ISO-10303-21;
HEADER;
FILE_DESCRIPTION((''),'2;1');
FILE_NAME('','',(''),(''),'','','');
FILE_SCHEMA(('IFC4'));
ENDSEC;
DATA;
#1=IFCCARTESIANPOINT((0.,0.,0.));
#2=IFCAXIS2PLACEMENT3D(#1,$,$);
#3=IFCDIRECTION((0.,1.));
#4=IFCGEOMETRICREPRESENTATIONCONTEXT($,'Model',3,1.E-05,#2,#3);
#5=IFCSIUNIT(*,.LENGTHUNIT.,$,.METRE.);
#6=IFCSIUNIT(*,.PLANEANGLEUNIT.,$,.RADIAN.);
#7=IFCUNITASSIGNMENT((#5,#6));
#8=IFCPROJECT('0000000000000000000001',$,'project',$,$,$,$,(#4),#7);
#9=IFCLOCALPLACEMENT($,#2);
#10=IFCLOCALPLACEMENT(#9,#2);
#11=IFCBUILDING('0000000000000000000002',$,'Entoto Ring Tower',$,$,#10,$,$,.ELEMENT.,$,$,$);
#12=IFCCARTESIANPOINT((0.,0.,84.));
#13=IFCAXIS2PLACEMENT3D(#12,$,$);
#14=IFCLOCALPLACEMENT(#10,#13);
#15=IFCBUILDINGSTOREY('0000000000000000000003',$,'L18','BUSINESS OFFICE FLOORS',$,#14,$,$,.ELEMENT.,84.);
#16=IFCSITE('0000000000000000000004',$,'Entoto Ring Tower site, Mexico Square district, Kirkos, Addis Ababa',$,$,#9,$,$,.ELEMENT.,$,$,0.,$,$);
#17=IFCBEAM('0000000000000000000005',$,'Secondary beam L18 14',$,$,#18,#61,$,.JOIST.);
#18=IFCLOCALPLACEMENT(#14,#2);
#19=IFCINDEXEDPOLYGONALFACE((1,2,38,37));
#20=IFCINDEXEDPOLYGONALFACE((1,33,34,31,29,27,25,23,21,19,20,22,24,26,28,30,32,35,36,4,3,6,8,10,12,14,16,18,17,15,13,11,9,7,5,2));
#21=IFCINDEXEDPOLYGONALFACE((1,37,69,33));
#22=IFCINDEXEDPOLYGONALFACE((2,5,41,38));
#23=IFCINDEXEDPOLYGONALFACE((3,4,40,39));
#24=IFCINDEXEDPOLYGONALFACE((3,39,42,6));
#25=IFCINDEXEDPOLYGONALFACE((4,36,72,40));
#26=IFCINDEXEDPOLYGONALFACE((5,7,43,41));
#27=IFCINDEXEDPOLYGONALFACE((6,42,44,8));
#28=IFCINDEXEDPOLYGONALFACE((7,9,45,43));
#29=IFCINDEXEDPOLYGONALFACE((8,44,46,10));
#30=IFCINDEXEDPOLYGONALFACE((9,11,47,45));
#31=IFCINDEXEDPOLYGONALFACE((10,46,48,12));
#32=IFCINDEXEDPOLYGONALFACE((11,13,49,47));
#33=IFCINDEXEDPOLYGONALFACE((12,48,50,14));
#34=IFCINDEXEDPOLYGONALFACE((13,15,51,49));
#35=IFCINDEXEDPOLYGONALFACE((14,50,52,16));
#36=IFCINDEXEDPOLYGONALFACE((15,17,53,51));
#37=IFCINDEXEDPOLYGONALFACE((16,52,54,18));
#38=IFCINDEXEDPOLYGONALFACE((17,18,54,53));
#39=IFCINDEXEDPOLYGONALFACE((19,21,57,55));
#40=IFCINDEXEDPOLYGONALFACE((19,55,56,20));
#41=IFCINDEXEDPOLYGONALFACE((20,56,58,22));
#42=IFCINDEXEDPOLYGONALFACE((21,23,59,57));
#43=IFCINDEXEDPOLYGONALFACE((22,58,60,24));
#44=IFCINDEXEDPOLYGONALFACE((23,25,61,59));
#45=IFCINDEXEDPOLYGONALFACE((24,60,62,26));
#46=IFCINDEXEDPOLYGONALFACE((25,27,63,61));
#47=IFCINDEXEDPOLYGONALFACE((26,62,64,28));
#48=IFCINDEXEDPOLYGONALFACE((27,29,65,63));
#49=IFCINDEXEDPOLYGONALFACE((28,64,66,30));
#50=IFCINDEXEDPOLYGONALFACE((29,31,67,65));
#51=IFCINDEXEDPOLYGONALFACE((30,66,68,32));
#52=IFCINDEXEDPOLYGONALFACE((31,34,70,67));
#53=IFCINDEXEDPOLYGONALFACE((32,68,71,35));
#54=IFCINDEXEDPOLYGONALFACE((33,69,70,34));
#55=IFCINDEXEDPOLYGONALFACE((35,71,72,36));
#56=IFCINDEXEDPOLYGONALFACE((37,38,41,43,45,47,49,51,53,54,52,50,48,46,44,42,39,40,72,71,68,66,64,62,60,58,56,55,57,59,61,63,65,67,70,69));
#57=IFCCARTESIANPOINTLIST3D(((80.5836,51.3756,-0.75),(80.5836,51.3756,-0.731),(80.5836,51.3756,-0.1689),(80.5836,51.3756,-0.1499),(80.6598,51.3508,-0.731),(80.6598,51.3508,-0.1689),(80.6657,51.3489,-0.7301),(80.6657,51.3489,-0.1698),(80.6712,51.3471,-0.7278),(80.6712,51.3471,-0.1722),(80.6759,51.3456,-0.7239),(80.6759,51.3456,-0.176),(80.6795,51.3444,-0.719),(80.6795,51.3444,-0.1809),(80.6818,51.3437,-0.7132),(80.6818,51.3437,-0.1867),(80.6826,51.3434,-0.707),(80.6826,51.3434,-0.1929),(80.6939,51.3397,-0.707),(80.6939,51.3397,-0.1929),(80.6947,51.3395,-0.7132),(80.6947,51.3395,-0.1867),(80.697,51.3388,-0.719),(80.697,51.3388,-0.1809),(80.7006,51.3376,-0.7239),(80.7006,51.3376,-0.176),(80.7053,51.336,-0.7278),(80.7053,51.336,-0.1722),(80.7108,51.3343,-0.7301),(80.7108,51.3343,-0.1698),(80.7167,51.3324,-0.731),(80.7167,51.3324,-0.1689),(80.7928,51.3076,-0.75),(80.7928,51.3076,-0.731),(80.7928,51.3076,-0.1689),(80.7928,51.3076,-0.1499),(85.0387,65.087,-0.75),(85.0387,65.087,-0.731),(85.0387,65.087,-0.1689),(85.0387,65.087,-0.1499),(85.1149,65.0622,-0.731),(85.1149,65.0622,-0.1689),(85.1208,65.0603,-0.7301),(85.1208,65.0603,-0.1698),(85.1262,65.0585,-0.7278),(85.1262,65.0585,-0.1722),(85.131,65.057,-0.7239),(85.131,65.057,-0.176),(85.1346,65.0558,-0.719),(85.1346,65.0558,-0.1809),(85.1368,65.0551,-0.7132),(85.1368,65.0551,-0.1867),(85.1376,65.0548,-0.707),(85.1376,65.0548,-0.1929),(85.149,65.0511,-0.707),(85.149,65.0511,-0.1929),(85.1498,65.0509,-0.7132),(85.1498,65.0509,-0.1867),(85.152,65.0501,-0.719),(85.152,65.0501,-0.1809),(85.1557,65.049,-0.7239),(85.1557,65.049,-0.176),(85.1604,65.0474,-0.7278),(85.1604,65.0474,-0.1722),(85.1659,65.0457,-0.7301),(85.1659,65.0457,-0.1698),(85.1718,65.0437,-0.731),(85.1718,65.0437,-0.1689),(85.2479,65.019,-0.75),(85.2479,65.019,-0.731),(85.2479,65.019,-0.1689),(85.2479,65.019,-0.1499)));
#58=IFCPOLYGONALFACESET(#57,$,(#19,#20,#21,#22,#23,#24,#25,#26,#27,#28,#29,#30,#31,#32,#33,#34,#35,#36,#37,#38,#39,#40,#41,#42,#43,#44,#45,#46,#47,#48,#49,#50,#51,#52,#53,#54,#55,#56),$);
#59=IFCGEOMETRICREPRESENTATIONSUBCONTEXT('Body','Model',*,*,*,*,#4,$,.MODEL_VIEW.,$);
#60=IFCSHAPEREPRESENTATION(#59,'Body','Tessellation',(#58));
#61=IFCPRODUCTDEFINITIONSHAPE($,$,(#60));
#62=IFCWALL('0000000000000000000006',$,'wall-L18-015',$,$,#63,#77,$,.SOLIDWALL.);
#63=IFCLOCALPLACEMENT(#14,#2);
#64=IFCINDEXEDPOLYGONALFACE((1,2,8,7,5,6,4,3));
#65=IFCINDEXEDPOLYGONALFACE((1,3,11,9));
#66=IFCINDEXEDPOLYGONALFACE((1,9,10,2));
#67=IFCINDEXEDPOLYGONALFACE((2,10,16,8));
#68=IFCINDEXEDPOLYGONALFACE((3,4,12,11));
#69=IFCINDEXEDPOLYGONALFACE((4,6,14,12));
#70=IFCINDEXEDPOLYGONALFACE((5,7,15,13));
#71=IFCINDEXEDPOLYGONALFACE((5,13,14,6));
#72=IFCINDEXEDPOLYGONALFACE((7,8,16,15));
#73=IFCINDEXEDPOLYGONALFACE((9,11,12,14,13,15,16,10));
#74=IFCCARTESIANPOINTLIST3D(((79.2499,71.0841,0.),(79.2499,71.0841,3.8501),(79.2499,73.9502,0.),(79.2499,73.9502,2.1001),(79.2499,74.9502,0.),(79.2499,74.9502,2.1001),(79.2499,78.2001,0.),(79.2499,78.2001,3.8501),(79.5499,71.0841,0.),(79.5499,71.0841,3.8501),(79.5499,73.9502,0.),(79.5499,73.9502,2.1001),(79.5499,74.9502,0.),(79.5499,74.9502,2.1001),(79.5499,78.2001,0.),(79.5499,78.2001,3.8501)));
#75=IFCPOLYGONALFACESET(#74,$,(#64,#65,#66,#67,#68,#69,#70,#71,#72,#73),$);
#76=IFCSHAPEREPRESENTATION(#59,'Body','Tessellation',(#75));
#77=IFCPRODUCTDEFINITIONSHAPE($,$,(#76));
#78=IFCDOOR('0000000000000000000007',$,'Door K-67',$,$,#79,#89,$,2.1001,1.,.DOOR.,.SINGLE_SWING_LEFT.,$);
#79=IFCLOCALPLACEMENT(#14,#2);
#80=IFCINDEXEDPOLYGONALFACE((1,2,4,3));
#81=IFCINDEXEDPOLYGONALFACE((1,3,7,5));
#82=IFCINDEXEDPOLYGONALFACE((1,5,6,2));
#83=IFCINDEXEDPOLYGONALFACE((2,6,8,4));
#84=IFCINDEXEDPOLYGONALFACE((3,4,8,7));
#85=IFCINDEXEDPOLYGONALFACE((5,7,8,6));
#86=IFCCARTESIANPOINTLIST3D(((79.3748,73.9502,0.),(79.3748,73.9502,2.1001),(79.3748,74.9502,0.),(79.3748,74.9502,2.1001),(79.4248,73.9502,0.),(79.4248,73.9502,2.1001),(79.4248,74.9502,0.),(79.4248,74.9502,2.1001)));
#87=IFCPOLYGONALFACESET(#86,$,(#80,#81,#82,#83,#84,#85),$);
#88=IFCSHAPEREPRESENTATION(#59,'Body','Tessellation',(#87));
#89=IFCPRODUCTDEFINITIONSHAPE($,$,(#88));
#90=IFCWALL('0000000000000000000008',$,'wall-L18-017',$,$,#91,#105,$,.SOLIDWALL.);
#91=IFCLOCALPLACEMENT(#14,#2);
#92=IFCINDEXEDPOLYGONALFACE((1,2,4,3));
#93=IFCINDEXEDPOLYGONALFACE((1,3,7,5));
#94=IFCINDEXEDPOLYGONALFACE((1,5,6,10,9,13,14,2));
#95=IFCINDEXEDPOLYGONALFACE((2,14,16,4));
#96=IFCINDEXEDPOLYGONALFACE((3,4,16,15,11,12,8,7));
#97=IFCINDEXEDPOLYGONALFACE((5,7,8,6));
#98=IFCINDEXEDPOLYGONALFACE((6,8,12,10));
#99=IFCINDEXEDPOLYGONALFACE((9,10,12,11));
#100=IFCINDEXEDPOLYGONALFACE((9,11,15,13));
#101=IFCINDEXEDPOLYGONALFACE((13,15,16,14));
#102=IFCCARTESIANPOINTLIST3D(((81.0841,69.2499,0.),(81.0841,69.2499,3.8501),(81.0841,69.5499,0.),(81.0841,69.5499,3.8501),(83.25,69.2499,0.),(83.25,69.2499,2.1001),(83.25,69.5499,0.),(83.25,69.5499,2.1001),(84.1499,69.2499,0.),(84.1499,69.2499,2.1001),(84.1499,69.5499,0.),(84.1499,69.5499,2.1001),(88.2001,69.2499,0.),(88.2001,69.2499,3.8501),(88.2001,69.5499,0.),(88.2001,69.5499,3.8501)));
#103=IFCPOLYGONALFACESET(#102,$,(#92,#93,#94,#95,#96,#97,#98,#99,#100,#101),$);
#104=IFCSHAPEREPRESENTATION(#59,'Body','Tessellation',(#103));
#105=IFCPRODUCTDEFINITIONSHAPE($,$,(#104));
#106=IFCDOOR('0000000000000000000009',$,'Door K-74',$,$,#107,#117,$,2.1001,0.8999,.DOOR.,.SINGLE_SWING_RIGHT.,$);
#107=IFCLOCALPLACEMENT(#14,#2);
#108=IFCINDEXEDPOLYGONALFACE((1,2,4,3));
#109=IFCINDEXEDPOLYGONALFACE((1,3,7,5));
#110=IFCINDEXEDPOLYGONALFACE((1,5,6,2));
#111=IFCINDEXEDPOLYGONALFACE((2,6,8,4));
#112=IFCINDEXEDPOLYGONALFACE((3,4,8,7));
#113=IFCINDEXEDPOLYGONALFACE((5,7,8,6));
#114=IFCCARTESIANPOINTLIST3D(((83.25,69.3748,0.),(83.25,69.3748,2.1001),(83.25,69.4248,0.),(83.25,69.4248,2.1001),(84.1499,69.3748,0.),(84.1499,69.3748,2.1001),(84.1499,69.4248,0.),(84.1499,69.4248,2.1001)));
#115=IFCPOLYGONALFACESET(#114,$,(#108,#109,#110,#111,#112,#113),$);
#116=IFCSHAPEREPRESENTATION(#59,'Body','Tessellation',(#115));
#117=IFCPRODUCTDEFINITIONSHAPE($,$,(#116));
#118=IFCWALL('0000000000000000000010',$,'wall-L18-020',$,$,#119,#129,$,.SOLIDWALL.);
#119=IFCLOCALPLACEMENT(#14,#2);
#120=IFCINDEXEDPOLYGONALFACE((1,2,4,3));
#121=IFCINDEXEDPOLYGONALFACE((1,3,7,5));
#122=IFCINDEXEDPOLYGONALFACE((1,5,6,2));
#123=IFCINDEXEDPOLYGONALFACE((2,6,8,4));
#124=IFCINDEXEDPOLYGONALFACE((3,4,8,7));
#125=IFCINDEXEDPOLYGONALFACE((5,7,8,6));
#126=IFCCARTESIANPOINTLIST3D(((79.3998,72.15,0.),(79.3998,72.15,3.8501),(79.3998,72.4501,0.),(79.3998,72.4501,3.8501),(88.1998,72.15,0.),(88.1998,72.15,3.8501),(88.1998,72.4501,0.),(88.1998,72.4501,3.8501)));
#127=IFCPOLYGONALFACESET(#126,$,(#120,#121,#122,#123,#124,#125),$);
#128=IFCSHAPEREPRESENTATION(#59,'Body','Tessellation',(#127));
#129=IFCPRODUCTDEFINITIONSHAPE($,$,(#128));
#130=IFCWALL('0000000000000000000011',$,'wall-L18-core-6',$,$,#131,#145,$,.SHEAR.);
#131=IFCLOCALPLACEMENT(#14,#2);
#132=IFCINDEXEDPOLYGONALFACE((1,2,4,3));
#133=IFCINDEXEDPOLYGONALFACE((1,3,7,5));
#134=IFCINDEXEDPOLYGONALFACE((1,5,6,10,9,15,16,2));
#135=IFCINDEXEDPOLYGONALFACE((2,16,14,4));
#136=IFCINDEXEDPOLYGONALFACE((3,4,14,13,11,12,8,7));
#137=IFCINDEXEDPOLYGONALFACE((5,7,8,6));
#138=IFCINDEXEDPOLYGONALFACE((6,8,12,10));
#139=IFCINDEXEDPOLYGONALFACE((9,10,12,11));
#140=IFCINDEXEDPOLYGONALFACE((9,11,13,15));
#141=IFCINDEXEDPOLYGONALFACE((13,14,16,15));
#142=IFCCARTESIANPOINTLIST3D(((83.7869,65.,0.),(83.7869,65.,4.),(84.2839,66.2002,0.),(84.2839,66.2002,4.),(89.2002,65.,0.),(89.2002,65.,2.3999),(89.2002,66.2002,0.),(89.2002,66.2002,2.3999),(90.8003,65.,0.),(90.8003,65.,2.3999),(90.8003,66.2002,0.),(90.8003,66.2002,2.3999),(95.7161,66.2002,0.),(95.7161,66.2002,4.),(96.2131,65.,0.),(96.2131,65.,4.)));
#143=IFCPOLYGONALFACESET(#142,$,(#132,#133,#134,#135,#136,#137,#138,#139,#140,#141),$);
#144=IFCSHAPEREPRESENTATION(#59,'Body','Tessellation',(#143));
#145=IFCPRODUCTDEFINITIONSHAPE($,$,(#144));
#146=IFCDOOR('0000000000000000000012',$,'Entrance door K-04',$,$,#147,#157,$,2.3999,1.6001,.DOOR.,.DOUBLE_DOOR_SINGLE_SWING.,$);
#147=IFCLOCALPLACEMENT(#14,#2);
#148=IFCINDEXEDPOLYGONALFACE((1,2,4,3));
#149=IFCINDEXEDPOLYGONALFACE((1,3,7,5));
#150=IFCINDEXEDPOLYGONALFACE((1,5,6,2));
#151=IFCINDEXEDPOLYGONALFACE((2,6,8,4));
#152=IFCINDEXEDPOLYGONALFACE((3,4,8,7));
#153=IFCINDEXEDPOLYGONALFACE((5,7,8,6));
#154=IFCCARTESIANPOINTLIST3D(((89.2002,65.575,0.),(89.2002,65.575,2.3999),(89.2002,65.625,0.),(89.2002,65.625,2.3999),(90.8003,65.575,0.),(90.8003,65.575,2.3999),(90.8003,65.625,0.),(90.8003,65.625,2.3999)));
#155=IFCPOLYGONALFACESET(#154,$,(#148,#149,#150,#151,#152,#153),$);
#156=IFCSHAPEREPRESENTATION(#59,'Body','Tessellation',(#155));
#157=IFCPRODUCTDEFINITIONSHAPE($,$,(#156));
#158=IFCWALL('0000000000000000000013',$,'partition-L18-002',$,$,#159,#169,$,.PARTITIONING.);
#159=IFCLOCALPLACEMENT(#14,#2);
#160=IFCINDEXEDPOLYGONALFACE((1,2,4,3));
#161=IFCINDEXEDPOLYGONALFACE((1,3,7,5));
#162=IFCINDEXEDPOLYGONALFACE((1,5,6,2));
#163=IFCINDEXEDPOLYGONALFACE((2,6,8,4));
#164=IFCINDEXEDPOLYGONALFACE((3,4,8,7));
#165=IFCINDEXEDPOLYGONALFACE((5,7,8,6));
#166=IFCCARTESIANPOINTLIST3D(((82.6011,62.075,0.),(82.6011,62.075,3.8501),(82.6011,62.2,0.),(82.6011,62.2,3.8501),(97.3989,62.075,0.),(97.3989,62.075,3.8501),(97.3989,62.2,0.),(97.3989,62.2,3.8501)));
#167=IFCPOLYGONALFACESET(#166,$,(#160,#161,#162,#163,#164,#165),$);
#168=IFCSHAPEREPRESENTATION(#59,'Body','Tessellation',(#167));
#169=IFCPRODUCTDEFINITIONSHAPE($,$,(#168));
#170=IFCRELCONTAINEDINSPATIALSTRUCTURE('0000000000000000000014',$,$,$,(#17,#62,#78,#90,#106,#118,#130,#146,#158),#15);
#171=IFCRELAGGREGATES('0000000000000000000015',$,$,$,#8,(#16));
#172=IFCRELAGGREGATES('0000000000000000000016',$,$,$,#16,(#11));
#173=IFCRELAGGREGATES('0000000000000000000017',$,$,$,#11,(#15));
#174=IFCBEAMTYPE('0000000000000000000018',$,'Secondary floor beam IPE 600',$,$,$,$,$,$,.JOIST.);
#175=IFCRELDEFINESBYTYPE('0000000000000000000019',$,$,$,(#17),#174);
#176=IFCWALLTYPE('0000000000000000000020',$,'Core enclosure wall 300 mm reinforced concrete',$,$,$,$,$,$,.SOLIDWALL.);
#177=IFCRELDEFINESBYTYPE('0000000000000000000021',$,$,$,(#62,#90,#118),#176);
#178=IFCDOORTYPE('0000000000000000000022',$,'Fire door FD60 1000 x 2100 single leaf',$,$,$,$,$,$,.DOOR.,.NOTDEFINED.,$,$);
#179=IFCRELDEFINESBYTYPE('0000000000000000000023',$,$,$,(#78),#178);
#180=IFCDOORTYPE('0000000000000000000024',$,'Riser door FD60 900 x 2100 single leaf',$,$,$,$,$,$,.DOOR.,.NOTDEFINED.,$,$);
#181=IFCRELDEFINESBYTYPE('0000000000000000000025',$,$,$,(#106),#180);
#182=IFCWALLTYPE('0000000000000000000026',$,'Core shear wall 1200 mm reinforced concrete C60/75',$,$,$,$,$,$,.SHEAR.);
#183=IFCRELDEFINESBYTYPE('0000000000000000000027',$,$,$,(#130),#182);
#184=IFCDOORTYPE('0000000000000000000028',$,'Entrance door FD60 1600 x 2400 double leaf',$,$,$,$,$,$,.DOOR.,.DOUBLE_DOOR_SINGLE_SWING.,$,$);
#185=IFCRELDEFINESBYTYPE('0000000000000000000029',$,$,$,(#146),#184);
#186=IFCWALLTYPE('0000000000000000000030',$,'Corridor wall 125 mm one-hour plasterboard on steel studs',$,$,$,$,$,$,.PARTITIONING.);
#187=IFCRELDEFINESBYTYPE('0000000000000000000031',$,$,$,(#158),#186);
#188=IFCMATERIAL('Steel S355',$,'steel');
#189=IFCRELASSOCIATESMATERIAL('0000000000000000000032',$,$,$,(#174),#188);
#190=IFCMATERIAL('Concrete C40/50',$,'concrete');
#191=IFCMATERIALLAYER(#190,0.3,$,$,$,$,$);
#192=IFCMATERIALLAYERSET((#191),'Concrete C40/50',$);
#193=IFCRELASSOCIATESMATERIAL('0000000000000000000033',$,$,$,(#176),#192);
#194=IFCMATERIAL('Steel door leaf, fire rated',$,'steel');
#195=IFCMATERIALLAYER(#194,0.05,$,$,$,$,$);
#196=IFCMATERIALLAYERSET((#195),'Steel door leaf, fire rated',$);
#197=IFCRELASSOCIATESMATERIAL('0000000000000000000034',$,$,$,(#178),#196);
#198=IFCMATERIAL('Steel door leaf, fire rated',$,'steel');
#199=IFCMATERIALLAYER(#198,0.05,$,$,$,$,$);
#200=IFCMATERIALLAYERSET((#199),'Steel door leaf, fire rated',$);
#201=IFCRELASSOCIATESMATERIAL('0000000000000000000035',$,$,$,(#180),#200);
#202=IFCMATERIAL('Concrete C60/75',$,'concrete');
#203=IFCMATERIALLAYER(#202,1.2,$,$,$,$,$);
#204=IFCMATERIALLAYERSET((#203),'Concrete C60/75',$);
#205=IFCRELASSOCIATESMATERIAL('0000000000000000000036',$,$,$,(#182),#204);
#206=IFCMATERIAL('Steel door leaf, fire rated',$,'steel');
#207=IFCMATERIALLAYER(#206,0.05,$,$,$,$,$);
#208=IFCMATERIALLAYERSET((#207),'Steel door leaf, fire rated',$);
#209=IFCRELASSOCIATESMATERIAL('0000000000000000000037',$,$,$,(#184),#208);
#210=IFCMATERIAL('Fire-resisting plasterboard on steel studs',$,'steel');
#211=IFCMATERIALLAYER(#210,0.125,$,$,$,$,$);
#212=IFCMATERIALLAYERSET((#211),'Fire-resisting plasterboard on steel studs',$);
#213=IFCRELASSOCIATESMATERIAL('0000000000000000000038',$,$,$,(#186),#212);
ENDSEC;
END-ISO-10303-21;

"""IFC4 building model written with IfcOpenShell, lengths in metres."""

from ifc_helpers import new_model, si_unit, direction, frame, frame_2d, origin, origin_2d, place, context, subcontext, project, spatial, polyline, rectangle, i_section, outline, extrude, material, layer, layer_set, material_profile, profile_set, type_object, element, fill, save


model = new_model("IFC4")

# Units and contexts
model_context = context("Model", 3, precision=1e-05, world=origin(), true_north=direction((0.0, 1.0)))
body_context = subcontext(model_context, "Body", "Model", "MODEL_VIEW")
ifc_project = project(units=[si_unit("LENGTHUNIT", "METRE"), si_unit("PLANEANGLEUNIT", "RADIAN")], contexts=[model_context])

# Site, building, storey
site_placement = place(None, origin())
site = spatial("IfcSite", under=ifc_project, at=site_placement, Name="Entoto Ring Tower site, Mexico Square district, Kirkos, Addis Ababa", CompositionType="ELEMENT", RefElevation=0.0)
building_placement = place(site_placement, origin())
building = spatial("IfcBuilding", under=site, at=building_placement, Name="Entoto Ring Tower", CompositionType="ELEMENT")
storey_placement = place(building_placement, frame((0.0, 0.0, 84.0)))
storey = spatial("IfcBuildingStorey", under=building, at=storey_placement, Name="L18", Description="BUSINESS OFFICE FLOORS", CompositionType="ELEMENT", Elevation=84.0)

# Beam
ifc_material_1 = material(Name="Steel S355", Category="steel")
ifc_material_profile_1 = material_profile(ifc_material_1, i_section(OverallWidth=0.22, OverallDepth=0.6001, WebThickness=0.012, FlangeThickness=0.019, FilletRadius=0.0239, at=origin_2d()), Name="IPE 600")
ifc_profile_set_1 = profile_set([ifc_material_profile_1], Name="Steel S355")
beam_type_1 = type_object("IfcBeamType", Name="Secondary floor beam IPE 600", PredefinedType="JOIST", material=ifc_profile_set_1)
beam_1_placement = place(storey_placement, frame((85.1433, 65.053, -0.45), z_axis=(-0.309015, -0.951057, 0.0), x_axis=(0.951057, -0.309015, 0.0)))
element("IfcBeam", 1, at=beam_1_placement, inside=storey, type_object=beam_type_1, Name="Secondary beam L18 14", PredefinedType="JOIST", context=body_context, shape_type="SweptSolid", body=[
    extrude(i_section(OverallWidth=0.22, OverallDepth=0.6001, WebThickness=0.012, FlangeThickness=0.019, FilletRadius=0.0239, at=origin_2d()), origin(), (0.0, 0.0, 1.0), 14.417),
])

# Walls, openings, doors
ifc_material_2 = material(Name="Concrete C40/50", Category="concrete")
ifc_layer_1 = layer(ifc_material_2, 0.3)
ifc_layer_set_1 = layer_set([ifc_layer_1], Name="Concrete C40/50")
wall_type_1 = type_object("IfcWallType", Name="Core enclosure wall 300 mm reinforced concrete", PredefinedType="SOLIDWALL", material=ifc_layer_set_1)
wall_1_placement = place(storey_placement, frame((79.3999, 71.084, 0.0), z_axis=(0.0, 0.0, 1.0), x_axis=(0.0, 1.0, 0.0)))
wall_1 = element("IfcWall", 2, at=wall_1_placement, inside=storey, type_object=wall_type_1, Name="wall-L18-015", PredefinedType="SOLIDWALL", context=body_context, shape_type="SweptSolid", body=[
    extrude(rectangle(XDim=7.116, YDim=0.3, at=frame_2d((3.5581, 0.0))), origin(), (0.0, 0.0, 1.0), 3.8501),
])
opening_1_placement = place(wall_1_placement, frame((2.8662, 0.0, 0.0)))
opening_1 = element("IfcOpeningElement", 3, at=opening_1_placement, cuts=wall_1, PredefinedType="OPENING", context=body_context, shape_type="SweptSolid", body=[
    extrude(rectangle(XDim=1.0, YDim=2.1001, at=frame_2d((0.5, 1.05))), frame((0.0, 0.1602, 0.0), z_axis=(0.0, -1.0, 0.0), x_axis=(1.0, 0.0, 0.0)), (0.0, 0.0, 1.0), 0.3201),
])
ifc_material_3 = material(Name="Steel door leaf, fire rated", Category="steel")
ifc_layer_2 = layer(ifc_material_3, 0.05)
ifc_layer_set_2 = layer_set([ifc_layer_2], Name="Steel door leaf, fire rated")
door_type_1 = type_object("IfcDoorType", Name="Fire door FD60 1000 x 2100 single leaf", OperationType="NOTDEFINED", PredefinedType="DOOR", material=ifc_layer_set_2)
door_1_placement = place(opening_1_placement, frame((1.0, 0.0, 0.0), z_axis=(0.0, 0.0, 1.0), x_axis=(-1.0, 0.0, 0.0)))
door_1 = element("IfcDoor", 4, at=door_1_placement, inside=storey, type_object=door_type_1, Name="Door K-67", OperationType="SINGLE_SWING_LEFT", OverallHeight=2.1001, OverallWidth=1.0, PredefinedType="DOOR", context=body_context, shape_type="SweptSolid", body=[
    extrude(rectangle(XDim=1.0, YDim=2.1001, at=frame_2d((0.5, 1.05))), frame((0.0, 0.0249, 0.0), z_axis=(0.0, -1.0, 0.0), x_axis=(1.0, 0.0, 0.0)), (0.0, 0.0, 1.0), 0.05),
])
fill(opening_1, door_1)
wall_2_placement = place(storey_placement, frame((81.084, 69.3999, 0.0), z_axis=(0.0, 0.0, 1.0), x_axis=(1.0, 0.0, 0.0)))
wall_2 = element("IfcWall", 5, at=wall_2_placement, inside=storey, type_object=wall_type_1, Name="wall-L18-017", PredefinedType="SOLIDWALL", context=body_context, shape_type="SweptSolid", body=[
    extrude(rectangle(XDim=7.116, YDim=0.3, at=frame_2d((3.5581, 0.0))), origin(), (0.0, 0.0, 1.0), 3.8501),
])
opening_2_placement = place(wall_2_placement, frame((2.166, 0.0, 0.0)))
opening_2 = element("IfcOpeningElement", 6, at=opening_2_placement, cuts=wall_2, PredefinedType="OPENING", context=body_context, shape_type="SweptSolid", body=[
    extrude(rectangle(XDim=0.8999, YDim=2.1001, at=frame_2d((0.45, 1.05))), frame((0.0, 0.1602, 0.0), z_axis=(0.0, -1.0, 0.0), x_axis=(1.0, 0.0, 0.0)), (0.0, 0.0, 1.0), 0.3201),
])
ifc_material_4 = material(Name="Steel door leaf, fire rated", Category="steel")
ifc_layer_3 = layer(ifc_material_4, 0.05)
ifc_layer_set_3 = layer_set([ifc_layer_3], Name="Steel door leaf, fire rated")
door_type_2 = type_object("IfcDoorType", Name="Riser door FD60 900 x 2100 single leaf", OperationType="NOTDEFINED", PredefinedType="DOOR", material=ifc_layer_set_3)
door_2_placement = place(opening_2_placement, origin())
door_2 = element("IfcDoor", 7, at=door_2_placement, inside=storey, type_object=door_type_2, Name="Door K-74", OperationType="SINGLE_SWING_RIGHT", OverallHeight=2.1001, OverallWidth=0.8999, PredefinedType="DOOR", context=body_context, shape_type="SweptSolid", body=[
    extrude(rectangle(XDim=0.8999, YDim=2.1001, at=frame_2d((0.45, 1.05))), frame((0.0, 0.0249, 0.0), z_axis=(0.0, -1.0, 0.0), x_axis=(1.0, 0.0, 0.0)), (0.0, 0.0, 1.0), 0.05),
])
fill(opening_2, door_2)

# Wall
wall_3_placement = place(storey_placement, frame((79.3999, 72.3, 0.0), z_axis=(0.0, 0.0, 1.0), x_axis=(1.0, 0.0, 0.0)))
element("IfcWall", 8, at=wall_3_placement, inside=storey, type_object=wall_type_1, Name="wall-L18-020", PredefinedType="SOLIDWALL", context=body_context, shape_type="SweptSolid", body=[
    extrude(rectangle(XDim=8.8, YDim=0.3, at=frame_2d((4.3999, 0.0))), origin(), (0.0, 0.0, 1.0), 3.8501),
])

# Wall, opening, door
ifc_material_5 = material(Name="Concrete C60/75", Category="concrete")
ifc_layer_4 = layer(ifc_material_5, 1.2)
ifc_layer_set_4 = layer_set([ifc_layer_4], Name="Concrete C60/75")
wall_type_2 = type_object("IfcWallType", Name="Core shear wall 1200 mm reinforced concrete C60/75", PredefinedType="SHEAR", material=ifc_layer_set_4)
wall_4_placement = place(storey_placement, frame((84.0354, 65.6001, 0.0), z_axis=(0.0, 0.0, 1.0), x_axis=(1.0, 0.0, 0.0)))
wall_4 = element("IfcWall", 9, at=wall_4_placement, inside=storey, type_object=wall_type_2, Name="wall-L18-core-6", PredefinedType="SHEAR", context=body_context, shape_type="SweptSolid", body=[
    extrude(outline(polyline([(-0.2485, -0.6001), (12.1777, -0.6001), (11.6807, 0.6001), (0.2485, 0.6001), (-0.2485, -0.6001)])), origin(), (0.0, 0.0, 1.0), 4.0),
])
opening_3_placement = place(wall_4_placement, frame((5.1648, 0.0, 0.0)))
opening_3 = element("IfcOpeningElement", 10, at=opening_3_placement, cuts=wall_4, PredefinedType="OPENING", context=body_context, shape_type="SweptSolid", body=[
    extrude(rectangle(XDim=1.6001, YDim=2.3999, at=frame_2d((0.8, 1.2))), frame((0.0, 0.6099, 0.0), z_axis=(0.0, -1.0, 0.0), x_axis=(1.0, 0.0, 0.0)), (0.0, 0.0, 1.0), 1.22),
])
ifc_material_6 = material(Name="Steel door leaf, fire rated", Category="steel")
ifc_layer_5 = layer(ifc_material_6, 0.05)
ifc_layer_set_5 = layer_set([ifc_layer_5], Name="Steel door leaf, fire rated")
door_type_3 = type_object("IfcDoorType", Name="Entrance door FD60 1600 x 2400 double leaf", OperationType="DOUBLE_DOOR_SINGLE_SWING", PredefinedType="DOOR", material=ifc_layer_set_5)
door_3_placement = place(opening_3_placement, origin())
door_3 = element("IfcDoor", 11, at=door_3_placement, inside=storey, type_object=door_type_3, Name="Entrance door K-04", OperationType="DOUBLE_DOOR_SINGLE_SWING", OverallHeight=2.3999, OverallWidth=1.6001, PredefinedType="DOOR", context=body_context, shape_type="SweptSolid", body=[
    extrude(rectangle(XDim=1.6001, YDim=2.3999, at=frame_2d((0.8, 1.2))), frame((0.0, 0.0249, 0.0), z_axis=(0.0, -1.0, 0.0), x_axis=(1.0, 0.0, 0.0)), (0.0, 0.0, 1.0), 0.05),
])
fill(opening_3, door_3)

# Wall
ifc_material_7 = material(Name="Fire-resisting plasterboard on steel studs", Category="steel")
ifc_layer_6 = layer(ifc_material_7, 0.125)
ifc_layer_set_6 = layer_set([ifc_layer_6], Name="Fire-resisting plasterboard on steel studs")
wall_type_3 = type_object("IfcWallType", Name="Corridor wall 125 mm one-hour plasterboard on steel studs", PredefinedType="PARTITIONING", material=ifc_layer_set_6)
wall_5_placement = place(storey_placement, frame((82.6011, 62.1375, 0.0), z_axis=(0.0, 0.0, 1.0), x_axis=(1.0, 0.0, 0.0)))
element("IfcWall", 12, at=wall_5_placement, inside=storey, type_object=wall_type_3, Name="partition-L18-002", PredefinedType="PARTITIONING", context=body_context, shape_type="SweptSolid", body=[
    extrude(rectangle(XDim=14.7979, YDim=0.125, at=frame_2d((7.3989, 0.0))), origin(), (0.0, 0.0, 1.0), 3.8501),
])

save(model, "model.ifc")
